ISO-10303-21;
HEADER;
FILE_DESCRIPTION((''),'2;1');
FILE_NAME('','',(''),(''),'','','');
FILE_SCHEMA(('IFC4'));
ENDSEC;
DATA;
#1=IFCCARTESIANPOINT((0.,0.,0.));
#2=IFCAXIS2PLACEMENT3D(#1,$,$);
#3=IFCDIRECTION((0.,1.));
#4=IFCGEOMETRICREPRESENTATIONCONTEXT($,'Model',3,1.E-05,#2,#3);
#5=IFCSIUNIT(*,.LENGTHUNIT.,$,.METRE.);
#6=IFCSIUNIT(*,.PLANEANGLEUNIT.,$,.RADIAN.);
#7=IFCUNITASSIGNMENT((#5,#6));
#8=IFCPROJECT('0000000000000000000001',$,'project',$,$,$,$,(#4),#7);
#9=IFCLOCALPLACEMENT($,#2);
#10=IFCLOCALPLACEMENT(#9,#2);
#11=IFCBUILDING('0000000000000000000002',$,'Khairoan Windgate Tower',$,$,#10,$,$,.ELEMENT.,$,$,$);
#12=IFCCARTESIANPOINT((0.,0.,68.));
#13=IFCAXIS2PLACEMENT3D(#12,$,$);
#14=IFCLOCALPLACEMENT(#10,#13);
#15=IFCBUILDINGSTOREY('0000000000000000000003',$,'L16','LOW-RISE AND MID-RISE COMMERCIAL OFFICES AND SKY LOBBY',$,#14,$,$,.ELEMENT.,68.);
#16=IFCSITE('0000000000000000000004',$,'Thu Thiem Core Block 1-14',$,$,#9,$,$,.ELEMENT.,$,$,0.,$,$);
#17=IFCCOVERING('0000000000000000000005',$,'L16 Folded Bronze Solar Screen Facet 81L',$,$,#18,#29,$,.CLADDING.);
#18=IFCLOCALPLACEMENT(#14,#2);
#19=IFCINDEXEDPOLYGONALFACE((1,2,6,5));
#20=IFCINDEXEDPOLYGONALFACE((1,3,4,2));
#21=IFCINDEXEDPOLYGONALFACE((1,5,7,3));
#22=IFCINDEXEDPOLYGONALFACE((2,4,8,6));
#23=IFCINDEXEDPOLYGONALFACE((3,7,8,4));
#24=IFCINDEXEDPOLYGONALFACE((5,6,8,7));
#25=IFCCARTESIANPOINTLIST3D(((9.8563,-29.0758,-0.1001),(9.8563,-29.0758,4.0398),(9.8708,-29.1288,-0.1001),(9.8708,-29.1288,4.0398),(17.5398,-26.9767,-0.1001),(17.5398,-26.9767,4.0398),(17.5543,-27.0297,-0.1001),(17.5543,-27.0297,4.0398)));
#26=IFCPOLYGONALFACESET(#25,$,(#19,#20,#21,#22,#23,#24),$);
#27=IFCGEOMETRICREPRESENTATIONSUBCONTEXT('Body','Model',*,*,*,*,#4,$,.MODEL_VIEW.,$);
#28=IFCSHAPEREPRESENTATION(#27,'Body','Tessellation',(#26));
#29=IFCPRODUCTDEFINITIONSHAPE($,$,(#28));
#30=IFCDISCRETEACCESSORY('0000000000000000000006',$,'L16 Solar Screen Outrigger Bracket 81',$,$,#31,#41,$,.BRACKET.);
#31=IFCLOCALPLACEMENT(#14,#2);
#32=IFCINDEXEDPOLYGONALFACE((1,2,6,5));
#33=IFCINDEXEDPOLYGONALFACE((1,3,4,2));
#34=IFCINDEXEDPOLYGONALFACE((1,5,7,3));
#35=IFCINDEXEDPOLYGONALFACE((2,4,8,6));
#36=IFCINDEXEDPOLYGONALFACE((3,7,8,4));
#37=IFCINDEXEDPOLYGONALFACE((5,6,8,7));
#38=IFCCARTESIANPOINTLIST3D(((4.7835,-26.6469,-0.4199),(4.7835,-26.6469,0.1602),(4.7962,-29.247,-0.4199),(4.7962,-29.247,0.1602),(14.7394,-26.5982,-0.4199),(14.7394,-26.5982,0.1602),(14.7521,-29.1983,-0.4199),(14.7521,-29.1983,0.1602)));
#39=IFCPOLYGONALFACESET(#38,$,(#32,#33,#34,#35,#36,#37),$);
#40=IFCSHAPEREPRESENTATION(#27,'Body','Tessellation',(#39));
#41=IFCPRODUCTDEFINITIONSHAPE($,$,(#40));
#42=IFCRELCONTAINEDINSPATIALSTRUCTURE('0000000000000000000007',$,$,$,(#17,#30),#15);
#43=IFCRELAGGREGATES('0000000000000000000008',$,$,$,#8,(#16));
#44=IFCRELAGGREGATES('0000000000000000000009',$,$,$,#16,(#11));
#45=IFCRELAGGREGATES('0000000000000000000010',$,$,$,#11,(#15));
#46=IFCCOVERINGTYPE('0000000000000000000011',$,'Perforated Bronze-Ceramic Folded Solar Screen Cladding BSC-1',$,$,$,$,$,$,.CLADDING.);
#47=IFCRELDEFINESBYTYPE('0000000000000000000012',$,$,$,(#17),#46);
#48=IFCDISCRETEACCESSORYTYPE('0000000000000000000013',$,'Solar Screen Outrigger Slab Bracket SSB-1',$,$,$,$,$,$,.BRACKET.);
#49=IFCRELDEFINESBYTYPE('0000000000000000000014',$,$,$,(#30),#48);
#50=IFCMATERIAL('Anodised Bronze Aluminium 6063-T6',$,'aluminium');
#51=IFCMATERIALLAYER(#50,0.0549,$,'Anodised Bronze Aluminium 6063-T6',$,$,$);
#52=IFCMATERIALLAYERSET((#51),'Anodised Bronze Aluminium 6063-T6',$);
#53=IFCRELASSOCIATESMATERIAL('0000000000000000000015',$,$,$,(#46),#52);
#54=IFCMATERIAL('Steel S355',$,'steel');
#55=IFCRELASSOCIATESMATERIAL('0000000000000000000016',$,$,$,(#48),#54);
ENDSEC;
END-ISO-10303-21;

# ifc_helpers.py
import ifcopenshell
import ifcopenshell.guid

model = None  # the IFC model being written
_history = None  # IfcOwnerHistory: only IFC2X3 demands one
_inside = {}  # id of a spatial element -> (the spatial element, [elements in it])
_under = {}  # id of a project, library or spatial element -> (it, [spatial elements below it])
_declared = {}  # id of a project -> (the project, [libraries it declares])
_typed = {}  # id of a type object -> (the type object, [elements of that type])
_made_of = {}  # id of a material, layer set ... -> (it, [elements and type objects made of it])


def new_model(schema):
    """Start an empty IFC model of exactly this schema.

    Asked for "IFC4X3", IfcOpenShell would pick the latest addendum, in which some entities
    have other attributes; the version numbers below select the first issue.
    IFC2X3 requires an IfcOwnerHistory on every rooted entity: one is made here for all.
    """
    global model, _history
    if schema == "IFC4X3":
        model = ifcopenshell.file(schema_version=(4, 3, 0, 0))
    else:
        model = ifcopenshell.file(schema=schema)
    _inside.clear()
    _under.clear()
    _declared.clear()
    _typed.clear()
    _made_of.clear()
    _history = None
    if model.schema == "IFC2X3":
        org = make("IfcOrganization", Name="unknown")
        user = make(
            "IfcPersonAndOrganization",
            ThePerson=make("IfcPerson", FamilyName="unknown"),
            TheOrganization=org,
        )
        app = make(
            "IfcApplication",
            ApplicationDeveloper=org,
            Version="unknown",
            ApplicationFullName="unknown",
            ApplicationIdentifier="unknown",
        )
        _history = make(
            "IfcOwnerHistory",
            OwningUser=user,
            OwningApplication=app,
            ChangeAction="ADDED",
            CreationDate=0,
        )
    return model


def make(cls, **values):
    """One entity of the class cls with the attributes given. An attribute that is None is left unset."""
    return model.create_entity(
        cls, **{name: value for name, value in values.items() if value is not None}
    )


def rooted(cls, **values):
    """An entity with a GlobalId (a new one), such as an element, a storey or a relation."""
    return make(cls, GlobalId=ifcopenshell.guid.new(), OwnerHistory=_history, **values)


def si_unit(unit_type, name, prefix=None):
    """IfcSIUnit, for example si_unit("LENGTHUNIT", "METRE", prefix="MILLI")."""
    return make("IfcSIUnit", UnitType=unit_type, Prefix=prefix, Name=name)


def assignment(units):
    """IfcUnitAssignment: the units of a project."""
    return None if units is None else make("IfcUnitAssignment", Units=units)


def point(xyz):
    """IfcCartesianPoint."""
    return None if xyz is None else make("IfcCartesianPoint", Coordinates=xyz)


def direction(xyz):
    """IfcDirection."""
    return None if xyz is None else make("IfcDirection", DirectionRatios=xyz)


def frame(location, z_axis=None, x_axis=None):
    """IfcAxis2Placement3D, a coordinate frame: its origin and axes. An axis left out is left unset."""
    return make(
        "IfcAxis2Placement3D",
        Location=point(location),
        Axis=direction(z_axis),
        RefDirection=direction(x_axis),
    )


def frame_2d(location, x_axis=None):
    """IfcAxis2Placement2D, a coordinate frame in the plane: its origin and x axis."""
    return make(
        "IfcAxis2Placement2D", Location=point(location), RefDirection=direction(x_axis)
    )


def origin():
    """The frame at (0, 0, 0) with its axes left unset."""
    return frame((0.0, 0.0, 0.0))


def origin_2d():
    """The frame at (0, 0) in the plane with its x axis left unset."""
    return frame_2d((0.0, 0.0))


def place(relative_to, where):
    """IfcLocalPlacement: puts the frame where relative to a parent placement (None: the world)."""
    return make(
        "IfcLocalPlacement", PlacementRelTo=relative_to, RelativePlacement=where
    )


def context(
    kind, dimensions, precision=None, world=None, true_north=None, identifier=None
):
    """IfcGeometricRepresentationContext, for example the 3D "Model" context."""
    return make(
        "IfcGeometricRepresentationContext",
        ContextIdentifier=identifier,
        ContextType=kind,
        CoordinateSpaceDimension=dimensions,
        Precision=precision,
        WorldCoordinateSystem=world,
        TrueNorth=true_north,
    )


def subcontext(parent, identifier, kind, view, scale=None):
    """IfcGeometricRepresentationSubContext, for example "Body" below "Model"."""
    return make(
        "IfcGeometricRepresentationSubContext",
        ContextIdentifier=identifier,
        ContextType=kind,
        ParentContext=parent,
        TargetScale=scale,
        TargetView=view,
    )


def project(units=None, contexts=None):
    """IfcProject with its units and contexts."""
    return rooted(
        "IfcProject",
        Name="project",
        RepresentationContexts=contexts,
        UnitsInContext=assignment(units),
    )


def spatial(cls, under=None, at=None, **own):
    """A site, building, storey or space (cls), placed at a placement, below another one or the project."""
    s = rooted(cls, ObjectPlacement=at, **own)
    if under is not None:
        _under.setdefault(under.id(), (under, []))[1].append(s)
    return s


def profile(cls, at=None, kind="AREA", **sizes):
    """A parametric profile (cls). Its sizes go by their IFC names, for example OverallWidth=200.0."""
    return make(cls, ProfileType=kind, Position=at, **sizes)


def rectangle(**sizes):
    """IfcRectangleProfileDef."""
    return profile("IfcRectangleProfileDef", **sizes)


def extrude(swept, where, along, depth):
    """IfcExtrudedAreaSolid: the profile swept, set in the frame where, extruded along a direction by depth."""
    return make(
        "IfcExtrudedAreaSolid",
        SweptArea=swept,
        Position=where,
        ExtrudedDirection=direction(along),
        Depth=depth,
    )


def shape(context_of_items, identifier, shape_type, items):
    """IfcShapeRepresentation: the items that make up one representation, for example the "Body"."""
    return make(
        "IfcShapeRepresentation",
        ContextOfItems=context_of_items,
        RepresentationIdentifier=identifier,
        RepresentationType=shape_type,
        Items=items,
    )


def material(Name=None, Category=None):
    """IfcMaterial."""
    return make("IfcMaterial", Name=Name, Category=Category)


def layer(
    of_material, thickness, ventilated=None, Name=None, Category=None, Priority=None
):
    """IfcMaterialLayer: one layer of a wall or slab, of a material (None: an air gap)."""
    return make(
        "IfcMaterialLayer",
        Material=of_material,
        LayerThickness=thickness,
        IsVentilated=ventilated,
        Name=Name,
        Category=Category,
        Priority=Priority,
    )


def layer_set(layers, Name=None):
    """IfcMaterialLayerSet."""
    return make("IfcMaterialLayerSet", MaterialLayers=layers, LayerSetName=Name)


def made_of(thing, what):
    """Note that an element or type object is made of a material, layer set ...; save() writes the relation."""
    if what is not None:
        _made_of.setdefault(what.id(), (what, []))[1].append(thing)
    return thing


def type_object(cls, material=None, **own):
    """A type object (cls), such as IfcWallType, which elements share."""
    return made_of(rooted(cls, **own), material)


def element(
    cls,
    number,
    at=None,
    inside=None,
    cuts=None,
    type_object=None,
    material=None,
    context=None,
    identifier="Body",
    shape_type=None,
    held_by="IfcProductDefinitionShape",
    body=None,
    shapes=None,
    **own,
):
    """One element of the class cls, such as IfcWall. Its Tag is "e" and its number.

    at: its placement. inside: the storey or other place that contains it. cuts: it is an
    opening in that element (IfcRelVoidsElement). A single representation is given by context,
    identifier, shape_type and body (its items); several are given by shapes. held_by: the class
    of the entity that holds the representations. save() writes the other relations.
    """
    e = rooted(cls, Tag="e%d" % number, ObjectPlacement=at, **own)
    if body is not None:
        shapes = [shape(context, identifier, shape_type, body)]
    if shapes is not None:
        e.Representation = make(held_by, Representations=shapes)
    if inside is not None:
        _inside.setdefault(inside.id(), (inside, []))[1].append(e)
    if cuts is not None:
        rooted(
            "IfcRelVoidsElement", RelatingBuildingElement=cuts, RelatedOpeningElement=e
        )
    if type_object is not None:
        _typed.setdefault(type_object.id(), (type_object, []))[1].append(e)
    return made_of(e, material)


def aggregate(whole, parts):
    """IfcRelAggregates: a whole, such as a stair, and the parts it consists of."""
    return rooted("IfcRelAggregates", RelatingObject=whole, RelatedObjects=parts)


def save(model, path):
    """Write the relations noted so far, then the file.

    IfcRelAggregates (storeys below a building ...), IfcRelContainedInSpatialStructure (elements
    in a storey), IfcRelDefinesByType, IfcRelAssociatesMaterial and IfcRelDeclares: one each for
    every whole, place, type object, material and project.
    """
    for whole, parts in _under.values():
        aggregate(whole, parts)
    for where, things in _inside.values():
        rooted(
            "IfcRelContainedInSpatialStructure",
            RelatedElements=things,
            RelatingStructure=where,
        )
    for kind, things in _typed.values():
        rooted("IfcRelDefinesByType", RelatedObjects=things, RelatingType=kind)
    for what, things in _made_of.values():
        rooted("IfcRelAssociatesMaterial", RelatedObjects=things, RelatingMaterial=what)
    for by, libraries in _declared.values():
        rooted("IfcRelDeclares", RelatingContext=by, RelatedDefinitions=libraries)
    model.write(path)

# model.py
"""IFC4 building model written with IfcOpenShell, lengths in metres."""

from ifc_helpers import new_model, si_unit, direction, frame, origin, origin_2d, place, context, subcontext, project, spatial, rectangle, extrude, material, layer, layer_set, type_object, element, save


model = new_model("IFC4")

# Units and contexts
model_context = context("Model", 3, precision=1e-05, world=origin(), true_north=direction((0.0, 1.0)))
body_context = subcontext(model_context, "Body", "Model", "MODEL_VIEW")
ifc_project = project(units=[si_unit("LENGTHUNIT", "METRE"), si_unit("PLANEANGLEUNIT", "RADIAN")], contexts=[model_context])

# Site, building, storey
site_placement = place(None, origin())
site = spatial("IfcSite", under=ifc_project, at=site_placement, Name="Thu Thiem Core Block 1-14", CompositionType="ELEMENT", RefElevation=0.0)
building_placement = place(site_placement, origin())
building = spatial("IfcBuilding", under=site, at=building_placement, Name="Khairoan Windgate Tower", CompositionType="ELEMENT")
storey_placement = place(building_placement, frame((0.0, 0.0, 68.0)))
storey = spatial("IfcBuildingStorey", under=building, at=storey_placement, Name="L16", Description="LOW-RISE AND MID-RISE COMMERCIAL OFFICES AND SKY LOBBY", CompositionType="ELEMENT", Elevation=68.0)

# Covering
ifc_material_1 = material(Name="Anodised Bronze Aluminium 6063-T6", Category="aluminium")
ifc_layer_1 = layer(ifc_material_1, 0.0549, Name="Anodised Bronze Aluminium 6063-T6")
ifc_layer_set_1 = layer_set([ifc_layer_1], Name="Anodised Bronze Aluminium 6063-T6")
covering_type = type_object("IfcCoveringType", Name="Perforated Bronze-Ceramic Folded Solar Screen Cladding BSC-1", PredefinedType="CLADDING", material=ifc_layer_set_1)
covering_placement = place(storey_placement, frame((13.7053, -28.0527, -0.1001), z_axis=(0.0, 0.0, 1.0), x_axis=(-0.964649, -0.263536, 0.0)))
element("IfcCovering", 1, at=covering_placement, inside=storey, type_object=covering_type, Name="L16 Folded Bronze Solar Screen Facet 81L", PredefinedType="CLADDING", context=body_context, shape_type="SweptSolid", body=[
    extrude(rectangle(XDim=7.9651, YDim=0.0549, at=origin_2d()), origin(), (0.0, 0.0, 1.0), 4.1399),
])

# Discrete accessory
ifc_material_2 = material(Name="Steel S355", Category="steel")
discrete_accessory_type = type_object("IfcDiscreteAccessoryType", Name="Solar Screen Outrigger Slab Bracket SSB-1", PredefinedType="BRACKET", material=ifc_material_2)
discrete_accessory_placement = place(storey_placement, frame((9.7678, -27.9226, -0.4199), z_axis=(0.0, 0.0, 1.0), x_axis=(-0.999988, -0.004887, 0.0)))
element("IfcDiscreteAccessory", 2, at=discrete_accessory_placement, inside=storey, type_object=discrete_accessory_type, Name="L16 Solar Screen Outrigger Bracket 81", PredefinedType="BRACKET", context=body_context, shape_type="SweptSolid", body=[
    extrude(rectangle(XDim=9.9561, YDim=2.6001, at=origin_2d()), origin(), (0.0, 0.0, 1.0), 0.5801),
])

save(model, "model.ifc")
